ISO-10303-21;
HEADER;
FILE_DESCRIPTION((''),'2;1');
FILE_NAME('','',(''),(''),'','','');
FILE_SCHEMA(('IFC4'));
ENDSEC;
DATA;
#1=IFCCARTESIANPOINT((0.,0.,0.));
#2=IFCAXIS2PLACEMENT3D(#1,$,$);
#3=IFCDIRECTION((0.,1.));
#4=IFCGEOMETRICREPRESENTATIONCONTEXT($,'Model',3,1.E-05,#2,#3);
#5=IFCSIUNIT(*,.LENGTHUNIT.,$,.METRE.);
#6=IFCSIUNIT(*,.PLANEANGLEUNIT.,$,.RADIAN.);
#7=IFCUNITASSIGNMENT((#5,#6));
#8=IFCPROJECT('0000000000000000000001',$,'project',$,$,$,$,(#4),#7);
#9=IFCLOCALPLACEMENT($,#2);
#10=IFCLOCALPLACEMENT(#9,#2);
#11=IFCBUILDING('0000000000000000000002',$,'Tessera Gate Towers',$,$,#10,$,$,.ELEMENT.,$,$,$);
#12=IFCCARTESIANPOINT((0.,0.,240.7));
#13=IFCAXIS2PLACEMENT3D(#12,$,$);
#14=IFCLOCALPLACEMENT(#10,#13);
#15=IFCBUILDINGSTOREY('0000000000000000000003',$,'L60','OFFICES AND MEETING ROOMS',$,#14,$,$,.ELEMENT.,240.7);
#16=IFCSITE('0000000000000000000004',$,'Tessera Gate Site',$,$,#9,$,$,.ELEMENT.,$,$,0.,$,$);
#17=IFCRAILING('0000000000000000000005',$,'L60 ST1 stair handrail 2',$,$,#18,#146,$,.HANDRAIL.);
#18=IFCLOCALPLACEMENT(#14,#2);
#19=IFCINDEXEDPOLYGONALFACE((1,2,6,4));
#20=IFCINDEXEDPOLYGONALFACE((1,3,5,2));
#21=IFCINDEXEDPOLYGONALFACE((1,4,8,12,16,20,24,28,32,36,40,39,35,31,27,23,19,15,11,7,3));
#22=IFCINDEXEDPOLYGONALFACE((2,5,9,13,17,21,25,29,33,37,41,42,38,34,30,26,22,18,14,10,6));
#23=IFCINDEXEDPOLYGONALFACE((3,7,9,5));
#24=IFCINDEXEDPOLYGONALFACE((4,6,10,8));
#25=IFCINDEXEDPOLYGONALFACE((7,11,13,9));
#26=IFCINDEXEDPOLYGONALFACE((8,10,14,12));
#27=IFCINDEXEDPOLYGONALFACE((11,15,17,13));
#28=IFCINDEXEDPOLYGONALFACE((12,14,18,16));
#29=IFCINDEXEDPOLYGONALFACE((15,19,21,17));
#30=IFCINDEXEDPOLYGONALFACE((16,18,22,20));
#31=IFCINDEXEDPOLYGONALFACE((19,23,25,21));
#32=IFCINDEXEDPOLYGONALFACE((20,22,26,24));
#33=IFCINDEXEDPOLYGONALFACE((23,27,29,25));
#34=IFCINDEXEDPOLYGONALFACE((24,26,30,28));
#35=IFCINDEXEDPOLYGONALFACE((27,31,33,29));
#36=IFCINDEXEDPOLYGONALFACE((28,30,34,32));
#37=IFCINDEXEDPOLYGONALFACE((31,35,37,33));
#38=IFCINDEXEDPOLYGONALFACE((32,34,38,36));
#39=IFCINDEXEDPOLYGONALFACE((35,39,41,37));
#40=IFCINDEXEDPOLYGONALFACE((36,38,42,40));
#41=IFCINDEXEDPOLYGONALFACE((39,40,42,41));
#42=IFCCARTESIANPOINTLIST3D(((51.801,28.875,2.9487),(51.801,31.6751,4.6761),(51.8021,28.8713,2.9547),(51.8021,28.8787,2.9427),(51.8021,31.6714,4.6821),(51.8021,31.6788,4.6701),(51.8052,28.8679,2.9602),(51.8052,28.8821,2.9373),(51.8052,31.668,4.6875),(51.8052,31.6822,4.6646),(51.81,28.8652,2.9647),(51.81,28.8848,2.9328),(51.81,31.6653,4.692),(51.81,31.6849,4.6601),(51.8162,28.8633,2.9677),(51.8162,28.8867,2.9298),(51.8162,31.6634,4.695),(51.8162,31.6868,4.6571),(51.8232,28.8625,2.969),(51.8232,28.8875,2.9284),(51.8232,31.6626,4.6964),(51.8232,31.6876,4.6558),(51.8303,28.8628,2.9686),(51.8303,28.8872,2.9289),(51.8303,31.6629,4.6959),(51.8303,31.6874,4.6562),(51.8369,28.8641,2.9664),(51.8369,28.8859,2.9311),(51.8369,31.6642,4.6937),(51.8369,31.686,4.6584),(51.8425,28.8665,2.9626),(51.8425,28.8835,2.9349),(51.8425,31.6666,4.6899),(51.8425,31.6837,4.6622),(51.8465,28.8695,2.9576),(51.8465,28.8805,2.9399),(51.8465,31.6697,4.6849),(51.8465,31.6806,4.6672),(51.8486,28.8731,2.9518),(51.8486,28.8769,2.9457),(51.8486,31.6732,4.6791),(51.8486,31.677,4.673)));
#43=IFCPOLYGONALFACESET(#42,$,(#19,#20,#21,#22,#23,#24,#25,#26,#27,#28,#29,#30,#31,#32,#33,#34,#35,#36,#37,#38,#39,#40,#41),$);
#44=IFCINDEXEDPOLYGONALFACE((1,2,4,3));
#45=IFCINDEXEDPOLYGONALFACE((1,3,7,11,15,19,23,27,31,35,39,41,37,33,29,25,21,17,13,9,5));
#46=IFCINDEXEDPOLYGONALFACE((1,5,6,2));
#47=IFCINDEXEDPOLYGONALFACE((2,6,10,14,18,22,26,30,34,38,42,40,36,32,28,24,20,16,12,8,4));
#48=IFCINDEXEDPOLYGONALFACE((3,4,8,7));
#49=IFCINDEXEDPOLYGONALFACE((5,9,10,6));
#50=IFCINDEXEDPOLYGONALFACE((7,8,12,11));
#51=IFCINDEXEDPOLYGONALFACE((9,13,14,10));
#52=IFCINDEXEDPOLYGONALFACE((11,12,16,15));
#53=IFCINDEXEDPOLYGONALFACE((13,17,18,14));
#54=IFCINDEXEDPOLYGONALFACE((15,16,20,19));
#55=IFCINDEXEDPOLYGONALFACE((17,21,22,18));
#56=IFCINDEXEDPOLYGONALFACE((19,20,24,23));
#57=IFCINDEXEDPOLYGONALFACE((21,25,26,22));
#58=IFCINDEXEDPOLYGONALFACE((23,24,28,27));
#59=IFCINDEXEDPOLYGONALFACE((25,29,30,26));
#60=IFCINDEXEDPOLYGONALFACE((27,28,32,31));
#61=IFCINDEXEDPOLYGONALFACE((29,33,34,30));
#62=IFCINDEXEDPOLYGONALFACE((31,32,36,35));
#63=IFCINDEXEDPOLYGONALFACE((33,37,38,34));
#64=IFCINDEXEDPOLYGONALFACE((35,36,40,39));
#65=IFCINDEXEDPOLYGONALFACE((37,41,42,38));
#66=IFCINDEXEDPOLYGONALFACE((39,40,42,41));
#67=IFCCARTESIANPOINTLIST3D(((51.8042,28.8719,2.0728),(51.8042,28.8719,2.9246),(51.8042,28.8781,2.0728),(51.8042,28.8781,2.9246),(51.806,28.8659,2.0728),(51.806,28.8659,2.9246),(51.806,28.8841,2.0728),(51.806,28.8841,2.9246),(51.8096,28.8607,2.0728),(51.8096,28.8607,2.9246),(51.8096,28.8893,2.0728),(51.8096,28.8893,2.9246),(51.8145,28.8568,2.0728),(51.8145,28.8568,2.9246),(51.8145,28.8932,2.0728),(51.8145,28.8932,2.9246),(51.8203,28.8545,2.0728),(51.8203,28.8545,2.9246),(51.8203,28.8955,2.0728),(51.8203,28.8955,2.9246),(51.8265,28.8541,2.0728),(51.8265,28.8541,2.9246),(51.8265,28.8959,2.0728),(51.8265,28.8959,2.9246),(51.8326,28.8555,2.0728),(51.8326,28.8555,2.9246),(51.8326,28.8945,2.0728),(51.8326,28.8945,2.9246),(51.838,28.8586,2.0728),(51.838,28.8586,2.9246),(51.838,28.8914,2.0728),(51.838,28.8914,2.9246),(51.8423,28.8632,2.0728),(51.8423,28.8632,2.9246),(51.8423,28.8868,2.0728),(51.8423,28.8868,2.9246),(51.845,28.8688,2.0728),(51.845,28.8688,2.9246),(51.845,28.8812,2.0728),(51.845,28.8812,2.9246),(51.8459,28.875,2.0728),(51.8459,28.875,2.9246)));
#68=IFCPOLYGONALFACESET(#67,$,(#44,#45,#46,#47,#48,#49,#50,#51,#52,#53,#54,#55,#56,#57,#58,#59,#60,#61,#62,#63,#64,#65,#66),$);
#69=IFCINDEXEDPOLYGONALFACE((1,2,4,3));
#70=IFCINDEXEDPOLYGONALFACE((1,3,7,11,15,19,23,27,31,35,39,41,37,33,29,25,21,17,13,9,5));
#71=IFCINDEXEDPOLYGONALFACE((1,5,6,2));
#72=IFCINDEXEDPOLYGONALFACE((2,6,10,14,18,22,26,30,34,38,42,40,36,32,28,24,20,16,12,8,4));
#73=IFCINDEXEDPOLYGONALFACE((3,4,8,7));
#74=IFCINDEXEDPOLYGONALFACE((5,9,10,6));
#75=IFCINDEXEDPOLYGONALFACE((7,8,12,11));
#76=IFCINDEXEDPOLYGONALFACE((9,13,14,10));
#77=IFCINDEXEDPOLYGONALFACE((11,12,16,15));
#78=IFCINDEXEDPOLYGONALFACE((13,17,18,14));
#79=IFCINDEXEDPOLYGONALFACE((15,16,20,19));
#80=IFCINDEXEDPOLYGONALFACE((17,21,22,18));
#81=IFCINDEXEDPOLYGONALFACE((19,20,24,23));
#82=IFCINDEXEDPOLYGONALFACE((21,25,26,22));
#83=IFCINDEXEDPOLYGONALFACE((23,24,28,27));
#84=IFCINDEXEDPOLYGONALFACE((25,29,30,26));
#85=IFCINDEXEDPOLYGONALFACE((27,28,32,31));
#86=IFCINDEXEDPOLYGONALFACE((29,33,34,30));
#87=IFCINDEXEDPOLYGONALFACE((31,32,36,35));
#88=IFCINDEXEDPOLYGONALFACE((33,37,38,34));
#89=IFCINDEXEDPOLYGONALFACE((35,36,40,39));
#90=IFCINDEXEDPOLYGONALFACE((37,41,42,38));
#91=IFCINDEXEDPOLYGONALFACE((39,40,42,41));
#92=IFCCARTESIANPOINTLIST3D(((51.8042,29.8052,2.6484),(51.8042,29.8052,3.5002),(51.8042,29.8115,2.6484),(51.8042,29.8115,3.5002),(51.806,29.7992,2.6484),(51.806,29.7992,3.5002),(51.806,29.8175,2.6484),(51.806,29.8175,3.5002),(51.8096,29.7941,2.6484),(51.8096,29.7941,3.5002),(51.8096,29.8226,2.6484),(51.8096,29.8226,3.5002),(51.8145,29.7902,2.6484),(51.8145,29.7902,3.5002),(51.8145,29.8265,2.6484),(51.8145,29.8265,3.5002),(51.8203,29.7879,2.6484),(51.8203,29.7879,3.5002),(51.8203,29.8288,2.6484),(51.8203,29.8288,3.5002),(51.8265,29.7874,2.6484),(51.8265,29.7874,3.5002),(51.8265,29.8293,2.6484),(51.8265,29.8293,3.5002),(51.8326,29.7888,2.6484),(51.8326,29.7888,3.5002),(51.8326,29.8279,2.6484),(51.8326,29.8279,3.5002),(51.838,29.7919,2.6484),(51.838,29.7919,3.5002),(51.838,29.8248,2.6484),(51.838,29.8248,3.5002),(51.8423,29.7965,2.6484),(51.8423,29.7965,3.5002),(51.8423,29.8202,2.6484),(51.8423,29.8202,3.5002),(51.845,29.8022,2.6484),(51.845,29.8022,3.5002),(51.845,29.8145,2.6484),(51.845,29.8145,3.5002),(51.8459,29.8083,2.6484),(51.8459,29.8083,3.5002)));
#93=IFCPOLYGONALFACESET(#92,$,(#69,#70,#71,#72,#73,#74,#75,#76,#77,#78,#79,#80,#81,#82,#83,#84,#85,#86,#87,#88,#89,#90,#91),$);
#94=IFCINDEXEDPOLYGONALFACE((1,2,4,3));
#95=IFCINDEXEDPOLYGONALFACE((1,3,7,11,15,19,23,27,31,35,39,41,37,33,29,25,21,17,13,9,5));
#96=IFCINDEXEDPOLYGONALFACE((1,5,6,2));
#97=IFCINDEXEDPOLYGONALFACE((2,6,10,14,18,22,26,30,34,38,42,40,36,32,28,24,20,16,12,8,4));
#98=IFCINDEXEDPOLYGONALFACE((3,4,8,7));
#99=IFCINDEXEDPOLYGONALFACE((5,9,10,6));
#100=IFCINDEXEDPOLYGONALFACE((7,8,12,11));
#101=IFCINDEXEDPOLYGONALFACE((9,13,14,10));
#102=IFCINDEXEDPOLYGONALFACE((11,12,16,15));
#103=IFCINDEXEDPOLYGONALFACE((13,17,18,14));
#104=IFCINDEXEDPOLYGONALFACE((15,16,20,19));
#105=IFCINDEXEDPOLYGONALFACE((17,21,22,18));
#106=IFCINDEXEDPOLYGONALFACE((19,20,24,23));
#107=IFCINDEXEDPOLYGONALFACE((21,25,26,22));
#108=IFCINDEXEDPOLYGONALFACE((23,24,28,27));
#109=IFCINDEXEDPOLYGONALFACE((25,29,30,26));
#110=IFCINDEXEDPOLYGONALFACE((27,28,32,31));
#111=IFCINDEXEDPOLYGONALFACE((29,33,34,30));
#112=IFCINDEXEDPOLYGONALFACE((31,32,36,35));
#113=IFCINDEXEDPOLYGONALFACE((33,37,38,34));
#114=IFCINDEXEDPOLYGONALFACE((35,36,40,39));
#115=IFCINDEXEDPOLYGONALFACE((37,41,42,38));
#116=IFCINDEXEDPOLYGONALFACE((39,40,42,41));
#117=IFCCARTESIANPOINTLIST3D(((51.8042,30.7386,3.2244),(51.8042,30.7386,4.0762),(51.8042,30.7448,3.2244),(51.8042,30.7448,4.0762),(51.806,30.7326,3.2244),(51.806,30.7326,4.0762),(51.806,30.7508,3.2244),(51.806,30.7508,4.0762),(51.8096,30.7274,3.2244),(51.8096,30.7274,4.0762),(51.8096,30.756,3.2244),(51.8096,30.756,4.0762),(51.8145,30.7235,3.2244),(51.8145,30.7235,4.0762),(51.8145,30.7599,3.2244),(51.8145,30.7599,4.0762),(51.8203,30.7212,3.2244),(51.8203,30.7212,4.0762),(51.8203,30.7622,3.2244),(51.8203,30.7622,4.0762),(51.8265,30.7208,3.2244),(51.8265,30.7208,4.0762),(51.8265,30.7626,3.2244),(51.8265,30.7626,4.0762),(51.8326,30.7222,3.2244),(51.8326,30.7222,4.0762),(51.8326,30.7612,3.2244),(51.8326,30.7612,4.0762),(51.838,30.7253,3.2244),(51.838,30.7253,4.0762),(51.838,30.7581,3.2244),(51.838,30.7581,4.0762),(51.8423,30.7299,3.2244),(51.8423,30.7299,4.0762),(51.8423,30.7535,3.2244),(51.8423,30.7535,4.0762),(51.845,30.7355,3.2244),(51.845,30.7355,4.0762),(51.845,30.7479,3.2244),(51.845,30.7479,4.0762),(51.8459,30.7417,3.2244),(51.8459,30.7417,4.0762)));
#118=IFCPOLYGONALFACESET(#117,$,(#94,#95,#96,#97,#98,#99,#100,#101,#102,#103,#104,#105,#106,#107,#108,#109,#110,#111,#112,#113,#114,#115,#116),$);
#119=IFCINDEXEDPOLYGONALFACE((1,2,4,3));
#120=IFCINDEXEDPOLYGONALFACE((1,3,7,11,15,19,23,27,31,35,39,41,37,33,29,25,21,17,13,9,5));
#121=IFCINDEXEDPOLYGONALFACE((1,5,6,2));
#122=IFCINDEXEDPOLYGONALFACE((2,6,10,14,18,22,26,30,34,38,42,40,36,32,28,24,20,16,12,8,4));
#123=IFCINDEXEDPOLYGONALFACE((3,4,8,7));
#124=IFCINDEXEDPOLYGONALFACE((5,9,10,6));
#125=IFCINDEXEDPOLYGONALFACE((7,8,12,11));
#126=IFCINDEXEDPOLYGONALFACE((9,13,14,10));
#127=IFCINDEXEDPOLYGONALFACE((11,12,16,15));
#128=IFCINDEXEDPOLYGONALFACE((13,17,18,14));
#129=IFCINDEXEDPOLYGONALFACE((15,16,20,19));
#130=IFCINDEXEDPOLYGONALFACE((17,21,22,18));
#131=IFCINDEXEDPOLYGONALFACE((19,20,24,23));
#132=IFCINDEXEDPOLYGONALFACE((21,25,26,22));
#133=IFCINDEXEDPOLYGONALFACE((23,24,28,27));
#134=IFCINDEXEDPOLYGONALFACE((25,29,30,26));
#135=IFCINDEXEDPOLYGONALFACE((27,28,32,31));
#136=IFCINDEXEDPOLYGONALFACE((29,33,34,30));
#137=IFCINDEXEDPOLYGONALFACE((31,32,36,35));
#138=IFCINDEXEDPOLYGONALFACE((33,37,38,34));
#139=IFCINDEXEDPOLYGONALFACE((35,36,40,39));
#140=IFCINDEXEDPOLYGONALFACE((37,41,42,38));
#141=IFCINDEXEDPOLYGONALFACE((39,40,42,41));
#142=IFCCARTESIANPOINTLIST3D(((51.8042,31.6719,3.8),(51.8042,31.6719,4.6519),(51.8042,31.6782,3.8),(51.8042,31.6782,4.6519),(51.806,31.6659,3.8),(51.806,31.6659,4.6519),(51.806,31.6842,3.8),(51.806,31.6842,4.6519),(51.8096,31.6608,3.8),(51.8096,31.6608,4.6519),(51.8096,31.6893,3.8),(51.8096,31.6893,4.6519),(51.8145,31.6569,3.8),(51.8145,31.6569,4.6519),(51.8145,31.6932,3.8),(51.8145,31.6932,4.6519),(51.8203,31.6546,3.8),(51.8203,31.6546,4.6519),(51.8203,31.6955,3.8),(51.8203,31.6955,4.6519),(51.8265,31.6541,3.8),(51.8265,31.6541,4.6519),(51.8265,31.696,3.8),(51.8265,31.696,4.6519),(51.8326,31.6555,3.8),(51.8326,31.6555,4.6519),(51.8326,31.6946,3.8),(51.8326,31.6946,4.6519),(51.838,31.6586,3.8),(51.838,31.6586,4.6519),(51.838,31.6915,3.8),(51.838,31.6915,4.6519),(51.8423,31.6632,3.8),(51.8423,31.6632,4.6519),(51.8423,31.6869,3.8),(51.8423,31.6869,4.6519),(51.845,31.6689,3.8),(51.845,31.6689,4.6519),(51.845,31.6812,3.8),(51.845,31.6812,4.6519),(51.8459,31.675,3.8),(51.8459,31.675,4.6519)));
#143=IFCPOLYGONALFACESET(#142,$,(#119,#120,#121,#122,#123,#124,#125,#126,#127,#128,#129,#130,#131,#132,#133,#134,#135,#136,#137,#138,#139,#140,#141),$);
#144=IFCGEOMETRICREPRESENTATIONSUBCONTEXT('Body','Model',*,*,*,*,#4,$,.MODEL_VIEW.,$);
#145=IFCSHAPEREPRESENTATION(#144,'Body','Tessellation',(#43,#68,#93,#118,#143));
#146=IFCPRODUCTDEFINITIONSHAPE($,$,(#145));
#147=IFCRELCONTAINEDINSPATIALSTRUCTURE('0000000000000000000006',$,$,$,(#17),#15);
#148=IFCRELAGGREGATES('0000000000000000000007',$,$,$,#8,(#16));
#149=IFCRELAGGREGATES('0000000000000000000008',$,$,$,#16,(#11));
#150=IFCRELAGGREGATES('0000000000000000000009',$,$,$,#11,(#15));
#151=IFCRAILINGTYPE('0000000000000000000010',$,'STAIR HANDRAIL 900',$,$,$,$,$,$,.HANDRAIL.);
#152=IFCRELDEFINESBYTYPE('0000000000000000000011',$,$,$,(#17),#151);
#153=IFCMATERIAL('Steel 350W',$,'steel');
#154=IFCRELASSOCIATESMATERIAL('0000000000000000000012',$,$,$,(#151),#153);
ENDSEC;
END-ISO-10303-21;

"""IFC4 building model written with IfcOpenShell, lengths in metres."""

from ifc_helpers import new_model, si_unit, direction, frame, origin, origin_2d, place, context, subcontext, project, spatial, circle, extrude, material, type_object, element, save


model = new_model("IFC4")

# Units and contexts
model_context = context("Model", 3, precision=1e-05, world=origin(), true_north=direction((0.0, 1.0)))
body_context = subcontext(model_context, "Body", "Model", "MODEL_VIEW")
ifc_project = project(units=[si_unit("LENGTHUNIT", "METRE"), si_unit("PLANEANGLEUNIT", "RADIAN")], contexts=[model_context])

# Site, building, storey
site_placement = place(None, origin())
site = spatial("IfcSite", under=ifc_project, at=site_placement, Name="Tessera Gate Site", CompositionType="ELEMENT", RefElevation=0.0)
building_placement = place(site_placement, origin())
building = spatial("IfcBuilding", under=site, at=building_placement, Name="Tessera Gate Towers", CompositionType="ELEMENT")
storey_placement = place(building_placement, frame((0.0, 0.0, 240.7)))
storey = spatial("IfcBuildingStorey", under=building, at=storey_placement, Name="L60", Description="OFFICES AND MEETING ROOMS", CompositionType="ELEMENT", Elevation=240.7)

# Railing
ifc_material_1 = material(Name="Steel 350W", Category="steel")
railing_type_1 = type_object("IfcRailingType", Name="STAIR HANDRAIL 900", PredefinedType="HANDRAIL", material=ifc_material_1)
for number, where, name in (
    (1, (51.825, 28.875, 2.0728), "L60 ST1 stair handrail 2"),
):
    element("IfcRailing", number, at=place(storey_placement, frame(where)), inside=storey, type_object=railing_type_1, Name=name, PredefinedType="HANDRAIL", context=body_context, shape_type="SweptSolid", body=[
        extrude(circle(Radius=0.0239, at=origin_2d()), frame((0.0, 0.0, 0.876), z_axis=(0.0, 0.85109, 0.52502), x_axis=(-1.0, 0.0, 0.0)), (0.0, 0.0, 1.0), 3.29),
        extrude(circle(Radius=0.021, at=origin_2d()), origin(), (0.0, 0.0, 1.0), 0.8518),
        extrude(circle(Radius=0.021, at=origin_2d()), frame((0.0, 0.9333, 0.5757)), (0.0, 0.0, 1.0), 0.8518),
        extrude(circle(Radius=0.021, at=origin_2d()), frame((0.0, 1.8667, 1.1516)), (0.0, 0.0, 1.0), 0.8518),
        extrude(circle(Radius=0.021, at=origin_2d()), frame((0.0, 2.8, 1.7273)), (0.0, 0.0, 1.0), 0.8518),
    ])

save(model, "model.ifc")
